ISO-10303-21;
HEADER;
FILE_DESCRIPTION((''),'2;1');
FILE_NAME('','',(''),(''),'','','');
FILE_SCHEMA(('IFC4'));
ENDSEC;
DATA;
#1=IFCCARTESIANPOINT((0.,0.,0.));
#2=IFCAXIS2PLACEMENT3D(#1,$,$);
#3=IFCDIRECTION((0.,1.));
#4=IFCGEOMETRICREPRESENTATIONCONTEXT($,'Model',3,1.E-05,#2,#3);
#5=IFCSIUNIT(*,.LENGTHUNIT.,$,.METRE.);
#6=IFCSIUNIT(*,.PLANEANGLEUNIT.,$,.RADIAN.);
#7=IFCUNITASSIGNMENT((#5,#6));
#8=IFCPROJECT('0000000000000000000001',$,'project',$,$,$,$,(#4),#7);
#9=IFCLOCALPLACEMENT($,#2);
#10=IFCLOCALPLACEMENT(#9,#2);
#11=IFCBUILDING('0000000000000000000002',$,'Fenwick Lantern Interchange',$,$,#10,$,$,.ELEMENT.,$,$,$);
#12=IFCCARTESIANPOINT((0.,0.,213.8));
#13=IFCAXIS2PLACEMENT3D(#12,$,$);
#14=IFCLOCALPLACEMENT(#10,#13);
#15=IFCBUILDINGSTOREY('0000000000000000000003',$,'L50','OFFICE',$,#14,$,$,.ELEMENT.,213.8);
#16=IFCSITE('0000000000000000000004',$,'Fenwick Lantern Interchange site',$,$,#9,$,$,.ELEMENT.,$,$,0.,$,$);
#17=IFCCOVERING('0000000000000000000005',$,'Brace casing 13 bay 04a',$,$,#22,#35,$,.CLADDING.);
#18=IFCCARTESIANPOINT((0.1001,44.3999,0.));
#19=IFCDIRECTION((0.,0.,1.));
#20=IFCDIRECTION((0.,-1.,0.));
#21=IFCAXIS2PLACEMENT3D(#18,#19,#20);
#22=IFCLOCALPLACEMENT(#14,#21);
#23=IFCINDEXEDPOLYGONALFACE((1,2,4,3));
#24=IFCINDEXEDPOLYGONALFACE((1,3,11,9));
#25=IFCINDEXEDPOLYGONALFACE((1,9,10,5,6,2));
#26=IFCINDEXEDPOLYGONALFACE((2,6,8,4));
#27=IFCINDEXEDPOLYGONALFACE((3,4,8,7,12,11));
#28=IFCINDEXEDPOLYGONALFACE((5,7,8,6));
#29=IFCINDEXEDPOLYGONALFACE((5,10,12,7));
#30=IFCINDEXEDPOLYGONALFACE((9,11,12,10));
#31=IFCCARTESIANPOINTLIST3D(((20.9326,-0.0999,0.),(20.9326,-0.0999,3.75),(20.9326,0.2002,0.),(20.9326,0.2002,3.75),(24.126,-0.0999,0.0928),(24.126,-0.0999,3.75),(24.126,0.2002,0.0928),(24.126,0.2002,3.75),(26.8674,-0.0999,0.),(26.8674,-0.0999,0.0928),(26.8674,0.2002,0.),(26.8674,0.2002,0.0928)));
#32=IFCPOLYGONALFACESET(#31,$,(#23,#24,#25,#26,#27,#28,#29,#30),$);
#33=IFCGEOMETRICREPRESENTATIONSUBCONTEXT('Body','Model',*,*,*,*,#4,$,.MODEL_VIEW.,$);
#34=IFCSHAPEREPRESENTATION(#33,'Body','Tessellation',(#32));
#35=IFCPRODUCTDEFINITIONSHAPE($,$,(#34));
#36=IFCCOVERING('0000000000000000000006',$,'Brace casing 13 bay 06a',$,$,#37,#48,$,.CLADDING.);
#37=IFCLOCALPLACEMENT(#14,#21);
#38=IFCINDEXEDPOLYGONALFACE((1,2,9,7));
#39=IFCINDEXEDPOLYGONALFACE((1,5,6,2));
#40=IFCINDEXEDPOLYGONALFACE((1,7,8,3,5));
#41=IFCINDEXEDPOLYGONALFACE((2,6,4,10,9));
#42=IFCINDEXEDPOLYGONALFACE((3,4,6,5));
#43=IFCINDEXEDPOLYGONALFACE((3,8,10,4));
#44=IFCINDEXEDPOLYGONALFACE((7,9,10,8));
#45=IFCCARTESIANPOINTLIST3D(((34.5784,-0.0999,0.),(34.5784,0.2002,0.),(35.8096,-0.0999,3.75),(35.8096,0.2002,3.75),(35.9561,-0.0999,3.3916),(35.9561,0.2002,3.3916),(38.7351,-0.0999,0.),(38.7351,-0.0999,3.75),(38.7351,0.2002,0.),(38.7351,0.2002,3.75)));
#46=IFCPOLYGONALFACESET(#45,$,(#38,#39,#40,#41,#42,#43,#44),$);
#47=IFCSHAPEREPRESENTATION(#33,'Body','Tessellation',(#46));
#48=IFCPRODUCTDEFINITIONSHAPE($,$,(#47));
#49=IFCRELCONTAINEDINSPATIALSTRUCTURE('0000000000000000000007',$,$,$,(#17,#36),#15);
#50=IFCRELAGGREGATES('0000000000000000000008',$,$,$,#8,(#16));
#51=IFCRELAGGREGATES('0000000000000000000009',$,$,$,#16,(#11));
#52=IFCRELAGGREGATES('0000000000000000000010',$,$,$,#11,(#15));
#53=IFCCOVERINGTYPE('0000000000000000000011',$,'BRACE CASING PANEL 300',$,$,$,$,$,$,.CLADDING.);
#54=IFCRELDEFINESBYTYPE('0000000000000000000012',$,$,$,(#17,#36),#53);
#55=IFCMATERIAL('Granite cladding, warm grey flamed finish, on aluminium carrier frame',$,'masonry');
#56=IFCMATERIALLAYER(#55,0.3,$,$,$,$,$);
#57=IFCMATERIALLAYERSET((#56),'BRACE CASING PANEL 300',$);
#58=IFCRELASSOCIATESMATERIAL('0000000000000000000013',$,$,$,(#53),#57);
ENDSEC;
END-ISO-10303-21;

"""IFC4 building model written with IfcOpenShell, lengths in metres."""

from ifc_helpers import new_model, si_unit, direction, frame, origin, place, context, subcontext, project, spatial, polyline, outline, extrude, material, layer, layer_set, type_object, element, save


model = new_model("IFC4")

# Units and contexts
model_context = context("Model", 3, precision=1e-05, world=origin(), true_north=direction((0.0, 1.0)))
body_context = subcontext(model_context, "Body", "Model", "MODEL_VIEW")
ifc_project = project(units=[si_unit("LENGTHUNIT", "METRE"), si_unit("PLANEANGLEUNIT", "RADIAN")], contexts=[model_context])

# Site, building, storey
site_placement = place(None, origin())
site = spatial("IfcSite", under=ifc_project, at=site_placement, Name="Fenwick Lantern Interchange site", CompositionType="ELEMENT", RefElevation=0.0)
building_placement = place(site_placement, origin())
building = spatial("IfcBuilding", under=site, at=building_placement, Name="Fenwick Lantern Interchange", CompositionType="ELEMENT")
storey_placement = place(building_placement, frame((0.0, 0.0, 213.8)))
storey = spatial("IfcBuildingStorey", under=building, at=storey_placement, Name="L50", Description="OFFICE", CompositionType="ELEMENT", Elevation=213.8)

# Coverings
ifc_material_1 = material(Name="Granite cladding, warm grey flamed finish, on aluminium carrier frame", Category="masonry")
ifc_layer_1 = layer(ifc_material_1, 0.3)
ifc_layer_set_1 = layer_set([ifc_layer_1], Name="BRACE CASING PANEL 300")
covering_type = type_object("IfcCoveringType", Name="BRACE CASING PANEL 300", PredefinedType="CLADDING", material=ifc_layer_set_1)
covering_1_placement = place(storey_placement, frame((0.1001, 44.3999, 0.0), z_axis=(0.0, 0.0, 1.0), x_axis=(0.0, -1.0, 0.0)))
element("IfcCovering", 1, at=covering_1_placement, inside=storey, type_object=covering_type, Name="Brace casing 13 bay 04a", PredefinedType="CLADDING", context=body_context, shape_type="SweptSolid", body=[
    extrude(outline(polyline([(20.9326, 0.0), (26.8674, 0.0), (26.8674, 0.0928), (24.126, 0.0928), (24.126, 3.75), (20.9326, 3.75), (20.9326, 0.0)])), frame((0.0, 0.2002, 0.0), z_axis=(0.0, -1.0, 0.0), x_axis=(1.0, 0.0, 0.0)), (0.0, 0.0, 1.0), 0.3),
])
covering_2_placement = place(storey_placement, frame((0.1001, 44.3999, 0.0), z_axis=(0.0, 0.0, 1.0), x_axis=(0.0, -1.0, 0.0)))
element("IfcCovering", 2, at=covering_2_placement, inside=storey, type_object=covering_type, Name="Brace casing 13 bay 06a", PredefinedType="CLADDING", context=body_context, shape_type="SweptSolid", body=[
    extrude(outline(polyline([(34.5784, 0.0), (38.7351, 0.0), (38.7351, 3.75), (35.8096, 3.75), (35.9561, 3.3916), (34.5784, 0.0)])), frame((0.0, 0.2002, 0.0), z_axis=(0.0, -1.0, 0.0), x_axis=(1.0, 0.0, 0.0)), (0.0, 0.0, 1.0), 0.3),
])

save(model, "model.ifc")
